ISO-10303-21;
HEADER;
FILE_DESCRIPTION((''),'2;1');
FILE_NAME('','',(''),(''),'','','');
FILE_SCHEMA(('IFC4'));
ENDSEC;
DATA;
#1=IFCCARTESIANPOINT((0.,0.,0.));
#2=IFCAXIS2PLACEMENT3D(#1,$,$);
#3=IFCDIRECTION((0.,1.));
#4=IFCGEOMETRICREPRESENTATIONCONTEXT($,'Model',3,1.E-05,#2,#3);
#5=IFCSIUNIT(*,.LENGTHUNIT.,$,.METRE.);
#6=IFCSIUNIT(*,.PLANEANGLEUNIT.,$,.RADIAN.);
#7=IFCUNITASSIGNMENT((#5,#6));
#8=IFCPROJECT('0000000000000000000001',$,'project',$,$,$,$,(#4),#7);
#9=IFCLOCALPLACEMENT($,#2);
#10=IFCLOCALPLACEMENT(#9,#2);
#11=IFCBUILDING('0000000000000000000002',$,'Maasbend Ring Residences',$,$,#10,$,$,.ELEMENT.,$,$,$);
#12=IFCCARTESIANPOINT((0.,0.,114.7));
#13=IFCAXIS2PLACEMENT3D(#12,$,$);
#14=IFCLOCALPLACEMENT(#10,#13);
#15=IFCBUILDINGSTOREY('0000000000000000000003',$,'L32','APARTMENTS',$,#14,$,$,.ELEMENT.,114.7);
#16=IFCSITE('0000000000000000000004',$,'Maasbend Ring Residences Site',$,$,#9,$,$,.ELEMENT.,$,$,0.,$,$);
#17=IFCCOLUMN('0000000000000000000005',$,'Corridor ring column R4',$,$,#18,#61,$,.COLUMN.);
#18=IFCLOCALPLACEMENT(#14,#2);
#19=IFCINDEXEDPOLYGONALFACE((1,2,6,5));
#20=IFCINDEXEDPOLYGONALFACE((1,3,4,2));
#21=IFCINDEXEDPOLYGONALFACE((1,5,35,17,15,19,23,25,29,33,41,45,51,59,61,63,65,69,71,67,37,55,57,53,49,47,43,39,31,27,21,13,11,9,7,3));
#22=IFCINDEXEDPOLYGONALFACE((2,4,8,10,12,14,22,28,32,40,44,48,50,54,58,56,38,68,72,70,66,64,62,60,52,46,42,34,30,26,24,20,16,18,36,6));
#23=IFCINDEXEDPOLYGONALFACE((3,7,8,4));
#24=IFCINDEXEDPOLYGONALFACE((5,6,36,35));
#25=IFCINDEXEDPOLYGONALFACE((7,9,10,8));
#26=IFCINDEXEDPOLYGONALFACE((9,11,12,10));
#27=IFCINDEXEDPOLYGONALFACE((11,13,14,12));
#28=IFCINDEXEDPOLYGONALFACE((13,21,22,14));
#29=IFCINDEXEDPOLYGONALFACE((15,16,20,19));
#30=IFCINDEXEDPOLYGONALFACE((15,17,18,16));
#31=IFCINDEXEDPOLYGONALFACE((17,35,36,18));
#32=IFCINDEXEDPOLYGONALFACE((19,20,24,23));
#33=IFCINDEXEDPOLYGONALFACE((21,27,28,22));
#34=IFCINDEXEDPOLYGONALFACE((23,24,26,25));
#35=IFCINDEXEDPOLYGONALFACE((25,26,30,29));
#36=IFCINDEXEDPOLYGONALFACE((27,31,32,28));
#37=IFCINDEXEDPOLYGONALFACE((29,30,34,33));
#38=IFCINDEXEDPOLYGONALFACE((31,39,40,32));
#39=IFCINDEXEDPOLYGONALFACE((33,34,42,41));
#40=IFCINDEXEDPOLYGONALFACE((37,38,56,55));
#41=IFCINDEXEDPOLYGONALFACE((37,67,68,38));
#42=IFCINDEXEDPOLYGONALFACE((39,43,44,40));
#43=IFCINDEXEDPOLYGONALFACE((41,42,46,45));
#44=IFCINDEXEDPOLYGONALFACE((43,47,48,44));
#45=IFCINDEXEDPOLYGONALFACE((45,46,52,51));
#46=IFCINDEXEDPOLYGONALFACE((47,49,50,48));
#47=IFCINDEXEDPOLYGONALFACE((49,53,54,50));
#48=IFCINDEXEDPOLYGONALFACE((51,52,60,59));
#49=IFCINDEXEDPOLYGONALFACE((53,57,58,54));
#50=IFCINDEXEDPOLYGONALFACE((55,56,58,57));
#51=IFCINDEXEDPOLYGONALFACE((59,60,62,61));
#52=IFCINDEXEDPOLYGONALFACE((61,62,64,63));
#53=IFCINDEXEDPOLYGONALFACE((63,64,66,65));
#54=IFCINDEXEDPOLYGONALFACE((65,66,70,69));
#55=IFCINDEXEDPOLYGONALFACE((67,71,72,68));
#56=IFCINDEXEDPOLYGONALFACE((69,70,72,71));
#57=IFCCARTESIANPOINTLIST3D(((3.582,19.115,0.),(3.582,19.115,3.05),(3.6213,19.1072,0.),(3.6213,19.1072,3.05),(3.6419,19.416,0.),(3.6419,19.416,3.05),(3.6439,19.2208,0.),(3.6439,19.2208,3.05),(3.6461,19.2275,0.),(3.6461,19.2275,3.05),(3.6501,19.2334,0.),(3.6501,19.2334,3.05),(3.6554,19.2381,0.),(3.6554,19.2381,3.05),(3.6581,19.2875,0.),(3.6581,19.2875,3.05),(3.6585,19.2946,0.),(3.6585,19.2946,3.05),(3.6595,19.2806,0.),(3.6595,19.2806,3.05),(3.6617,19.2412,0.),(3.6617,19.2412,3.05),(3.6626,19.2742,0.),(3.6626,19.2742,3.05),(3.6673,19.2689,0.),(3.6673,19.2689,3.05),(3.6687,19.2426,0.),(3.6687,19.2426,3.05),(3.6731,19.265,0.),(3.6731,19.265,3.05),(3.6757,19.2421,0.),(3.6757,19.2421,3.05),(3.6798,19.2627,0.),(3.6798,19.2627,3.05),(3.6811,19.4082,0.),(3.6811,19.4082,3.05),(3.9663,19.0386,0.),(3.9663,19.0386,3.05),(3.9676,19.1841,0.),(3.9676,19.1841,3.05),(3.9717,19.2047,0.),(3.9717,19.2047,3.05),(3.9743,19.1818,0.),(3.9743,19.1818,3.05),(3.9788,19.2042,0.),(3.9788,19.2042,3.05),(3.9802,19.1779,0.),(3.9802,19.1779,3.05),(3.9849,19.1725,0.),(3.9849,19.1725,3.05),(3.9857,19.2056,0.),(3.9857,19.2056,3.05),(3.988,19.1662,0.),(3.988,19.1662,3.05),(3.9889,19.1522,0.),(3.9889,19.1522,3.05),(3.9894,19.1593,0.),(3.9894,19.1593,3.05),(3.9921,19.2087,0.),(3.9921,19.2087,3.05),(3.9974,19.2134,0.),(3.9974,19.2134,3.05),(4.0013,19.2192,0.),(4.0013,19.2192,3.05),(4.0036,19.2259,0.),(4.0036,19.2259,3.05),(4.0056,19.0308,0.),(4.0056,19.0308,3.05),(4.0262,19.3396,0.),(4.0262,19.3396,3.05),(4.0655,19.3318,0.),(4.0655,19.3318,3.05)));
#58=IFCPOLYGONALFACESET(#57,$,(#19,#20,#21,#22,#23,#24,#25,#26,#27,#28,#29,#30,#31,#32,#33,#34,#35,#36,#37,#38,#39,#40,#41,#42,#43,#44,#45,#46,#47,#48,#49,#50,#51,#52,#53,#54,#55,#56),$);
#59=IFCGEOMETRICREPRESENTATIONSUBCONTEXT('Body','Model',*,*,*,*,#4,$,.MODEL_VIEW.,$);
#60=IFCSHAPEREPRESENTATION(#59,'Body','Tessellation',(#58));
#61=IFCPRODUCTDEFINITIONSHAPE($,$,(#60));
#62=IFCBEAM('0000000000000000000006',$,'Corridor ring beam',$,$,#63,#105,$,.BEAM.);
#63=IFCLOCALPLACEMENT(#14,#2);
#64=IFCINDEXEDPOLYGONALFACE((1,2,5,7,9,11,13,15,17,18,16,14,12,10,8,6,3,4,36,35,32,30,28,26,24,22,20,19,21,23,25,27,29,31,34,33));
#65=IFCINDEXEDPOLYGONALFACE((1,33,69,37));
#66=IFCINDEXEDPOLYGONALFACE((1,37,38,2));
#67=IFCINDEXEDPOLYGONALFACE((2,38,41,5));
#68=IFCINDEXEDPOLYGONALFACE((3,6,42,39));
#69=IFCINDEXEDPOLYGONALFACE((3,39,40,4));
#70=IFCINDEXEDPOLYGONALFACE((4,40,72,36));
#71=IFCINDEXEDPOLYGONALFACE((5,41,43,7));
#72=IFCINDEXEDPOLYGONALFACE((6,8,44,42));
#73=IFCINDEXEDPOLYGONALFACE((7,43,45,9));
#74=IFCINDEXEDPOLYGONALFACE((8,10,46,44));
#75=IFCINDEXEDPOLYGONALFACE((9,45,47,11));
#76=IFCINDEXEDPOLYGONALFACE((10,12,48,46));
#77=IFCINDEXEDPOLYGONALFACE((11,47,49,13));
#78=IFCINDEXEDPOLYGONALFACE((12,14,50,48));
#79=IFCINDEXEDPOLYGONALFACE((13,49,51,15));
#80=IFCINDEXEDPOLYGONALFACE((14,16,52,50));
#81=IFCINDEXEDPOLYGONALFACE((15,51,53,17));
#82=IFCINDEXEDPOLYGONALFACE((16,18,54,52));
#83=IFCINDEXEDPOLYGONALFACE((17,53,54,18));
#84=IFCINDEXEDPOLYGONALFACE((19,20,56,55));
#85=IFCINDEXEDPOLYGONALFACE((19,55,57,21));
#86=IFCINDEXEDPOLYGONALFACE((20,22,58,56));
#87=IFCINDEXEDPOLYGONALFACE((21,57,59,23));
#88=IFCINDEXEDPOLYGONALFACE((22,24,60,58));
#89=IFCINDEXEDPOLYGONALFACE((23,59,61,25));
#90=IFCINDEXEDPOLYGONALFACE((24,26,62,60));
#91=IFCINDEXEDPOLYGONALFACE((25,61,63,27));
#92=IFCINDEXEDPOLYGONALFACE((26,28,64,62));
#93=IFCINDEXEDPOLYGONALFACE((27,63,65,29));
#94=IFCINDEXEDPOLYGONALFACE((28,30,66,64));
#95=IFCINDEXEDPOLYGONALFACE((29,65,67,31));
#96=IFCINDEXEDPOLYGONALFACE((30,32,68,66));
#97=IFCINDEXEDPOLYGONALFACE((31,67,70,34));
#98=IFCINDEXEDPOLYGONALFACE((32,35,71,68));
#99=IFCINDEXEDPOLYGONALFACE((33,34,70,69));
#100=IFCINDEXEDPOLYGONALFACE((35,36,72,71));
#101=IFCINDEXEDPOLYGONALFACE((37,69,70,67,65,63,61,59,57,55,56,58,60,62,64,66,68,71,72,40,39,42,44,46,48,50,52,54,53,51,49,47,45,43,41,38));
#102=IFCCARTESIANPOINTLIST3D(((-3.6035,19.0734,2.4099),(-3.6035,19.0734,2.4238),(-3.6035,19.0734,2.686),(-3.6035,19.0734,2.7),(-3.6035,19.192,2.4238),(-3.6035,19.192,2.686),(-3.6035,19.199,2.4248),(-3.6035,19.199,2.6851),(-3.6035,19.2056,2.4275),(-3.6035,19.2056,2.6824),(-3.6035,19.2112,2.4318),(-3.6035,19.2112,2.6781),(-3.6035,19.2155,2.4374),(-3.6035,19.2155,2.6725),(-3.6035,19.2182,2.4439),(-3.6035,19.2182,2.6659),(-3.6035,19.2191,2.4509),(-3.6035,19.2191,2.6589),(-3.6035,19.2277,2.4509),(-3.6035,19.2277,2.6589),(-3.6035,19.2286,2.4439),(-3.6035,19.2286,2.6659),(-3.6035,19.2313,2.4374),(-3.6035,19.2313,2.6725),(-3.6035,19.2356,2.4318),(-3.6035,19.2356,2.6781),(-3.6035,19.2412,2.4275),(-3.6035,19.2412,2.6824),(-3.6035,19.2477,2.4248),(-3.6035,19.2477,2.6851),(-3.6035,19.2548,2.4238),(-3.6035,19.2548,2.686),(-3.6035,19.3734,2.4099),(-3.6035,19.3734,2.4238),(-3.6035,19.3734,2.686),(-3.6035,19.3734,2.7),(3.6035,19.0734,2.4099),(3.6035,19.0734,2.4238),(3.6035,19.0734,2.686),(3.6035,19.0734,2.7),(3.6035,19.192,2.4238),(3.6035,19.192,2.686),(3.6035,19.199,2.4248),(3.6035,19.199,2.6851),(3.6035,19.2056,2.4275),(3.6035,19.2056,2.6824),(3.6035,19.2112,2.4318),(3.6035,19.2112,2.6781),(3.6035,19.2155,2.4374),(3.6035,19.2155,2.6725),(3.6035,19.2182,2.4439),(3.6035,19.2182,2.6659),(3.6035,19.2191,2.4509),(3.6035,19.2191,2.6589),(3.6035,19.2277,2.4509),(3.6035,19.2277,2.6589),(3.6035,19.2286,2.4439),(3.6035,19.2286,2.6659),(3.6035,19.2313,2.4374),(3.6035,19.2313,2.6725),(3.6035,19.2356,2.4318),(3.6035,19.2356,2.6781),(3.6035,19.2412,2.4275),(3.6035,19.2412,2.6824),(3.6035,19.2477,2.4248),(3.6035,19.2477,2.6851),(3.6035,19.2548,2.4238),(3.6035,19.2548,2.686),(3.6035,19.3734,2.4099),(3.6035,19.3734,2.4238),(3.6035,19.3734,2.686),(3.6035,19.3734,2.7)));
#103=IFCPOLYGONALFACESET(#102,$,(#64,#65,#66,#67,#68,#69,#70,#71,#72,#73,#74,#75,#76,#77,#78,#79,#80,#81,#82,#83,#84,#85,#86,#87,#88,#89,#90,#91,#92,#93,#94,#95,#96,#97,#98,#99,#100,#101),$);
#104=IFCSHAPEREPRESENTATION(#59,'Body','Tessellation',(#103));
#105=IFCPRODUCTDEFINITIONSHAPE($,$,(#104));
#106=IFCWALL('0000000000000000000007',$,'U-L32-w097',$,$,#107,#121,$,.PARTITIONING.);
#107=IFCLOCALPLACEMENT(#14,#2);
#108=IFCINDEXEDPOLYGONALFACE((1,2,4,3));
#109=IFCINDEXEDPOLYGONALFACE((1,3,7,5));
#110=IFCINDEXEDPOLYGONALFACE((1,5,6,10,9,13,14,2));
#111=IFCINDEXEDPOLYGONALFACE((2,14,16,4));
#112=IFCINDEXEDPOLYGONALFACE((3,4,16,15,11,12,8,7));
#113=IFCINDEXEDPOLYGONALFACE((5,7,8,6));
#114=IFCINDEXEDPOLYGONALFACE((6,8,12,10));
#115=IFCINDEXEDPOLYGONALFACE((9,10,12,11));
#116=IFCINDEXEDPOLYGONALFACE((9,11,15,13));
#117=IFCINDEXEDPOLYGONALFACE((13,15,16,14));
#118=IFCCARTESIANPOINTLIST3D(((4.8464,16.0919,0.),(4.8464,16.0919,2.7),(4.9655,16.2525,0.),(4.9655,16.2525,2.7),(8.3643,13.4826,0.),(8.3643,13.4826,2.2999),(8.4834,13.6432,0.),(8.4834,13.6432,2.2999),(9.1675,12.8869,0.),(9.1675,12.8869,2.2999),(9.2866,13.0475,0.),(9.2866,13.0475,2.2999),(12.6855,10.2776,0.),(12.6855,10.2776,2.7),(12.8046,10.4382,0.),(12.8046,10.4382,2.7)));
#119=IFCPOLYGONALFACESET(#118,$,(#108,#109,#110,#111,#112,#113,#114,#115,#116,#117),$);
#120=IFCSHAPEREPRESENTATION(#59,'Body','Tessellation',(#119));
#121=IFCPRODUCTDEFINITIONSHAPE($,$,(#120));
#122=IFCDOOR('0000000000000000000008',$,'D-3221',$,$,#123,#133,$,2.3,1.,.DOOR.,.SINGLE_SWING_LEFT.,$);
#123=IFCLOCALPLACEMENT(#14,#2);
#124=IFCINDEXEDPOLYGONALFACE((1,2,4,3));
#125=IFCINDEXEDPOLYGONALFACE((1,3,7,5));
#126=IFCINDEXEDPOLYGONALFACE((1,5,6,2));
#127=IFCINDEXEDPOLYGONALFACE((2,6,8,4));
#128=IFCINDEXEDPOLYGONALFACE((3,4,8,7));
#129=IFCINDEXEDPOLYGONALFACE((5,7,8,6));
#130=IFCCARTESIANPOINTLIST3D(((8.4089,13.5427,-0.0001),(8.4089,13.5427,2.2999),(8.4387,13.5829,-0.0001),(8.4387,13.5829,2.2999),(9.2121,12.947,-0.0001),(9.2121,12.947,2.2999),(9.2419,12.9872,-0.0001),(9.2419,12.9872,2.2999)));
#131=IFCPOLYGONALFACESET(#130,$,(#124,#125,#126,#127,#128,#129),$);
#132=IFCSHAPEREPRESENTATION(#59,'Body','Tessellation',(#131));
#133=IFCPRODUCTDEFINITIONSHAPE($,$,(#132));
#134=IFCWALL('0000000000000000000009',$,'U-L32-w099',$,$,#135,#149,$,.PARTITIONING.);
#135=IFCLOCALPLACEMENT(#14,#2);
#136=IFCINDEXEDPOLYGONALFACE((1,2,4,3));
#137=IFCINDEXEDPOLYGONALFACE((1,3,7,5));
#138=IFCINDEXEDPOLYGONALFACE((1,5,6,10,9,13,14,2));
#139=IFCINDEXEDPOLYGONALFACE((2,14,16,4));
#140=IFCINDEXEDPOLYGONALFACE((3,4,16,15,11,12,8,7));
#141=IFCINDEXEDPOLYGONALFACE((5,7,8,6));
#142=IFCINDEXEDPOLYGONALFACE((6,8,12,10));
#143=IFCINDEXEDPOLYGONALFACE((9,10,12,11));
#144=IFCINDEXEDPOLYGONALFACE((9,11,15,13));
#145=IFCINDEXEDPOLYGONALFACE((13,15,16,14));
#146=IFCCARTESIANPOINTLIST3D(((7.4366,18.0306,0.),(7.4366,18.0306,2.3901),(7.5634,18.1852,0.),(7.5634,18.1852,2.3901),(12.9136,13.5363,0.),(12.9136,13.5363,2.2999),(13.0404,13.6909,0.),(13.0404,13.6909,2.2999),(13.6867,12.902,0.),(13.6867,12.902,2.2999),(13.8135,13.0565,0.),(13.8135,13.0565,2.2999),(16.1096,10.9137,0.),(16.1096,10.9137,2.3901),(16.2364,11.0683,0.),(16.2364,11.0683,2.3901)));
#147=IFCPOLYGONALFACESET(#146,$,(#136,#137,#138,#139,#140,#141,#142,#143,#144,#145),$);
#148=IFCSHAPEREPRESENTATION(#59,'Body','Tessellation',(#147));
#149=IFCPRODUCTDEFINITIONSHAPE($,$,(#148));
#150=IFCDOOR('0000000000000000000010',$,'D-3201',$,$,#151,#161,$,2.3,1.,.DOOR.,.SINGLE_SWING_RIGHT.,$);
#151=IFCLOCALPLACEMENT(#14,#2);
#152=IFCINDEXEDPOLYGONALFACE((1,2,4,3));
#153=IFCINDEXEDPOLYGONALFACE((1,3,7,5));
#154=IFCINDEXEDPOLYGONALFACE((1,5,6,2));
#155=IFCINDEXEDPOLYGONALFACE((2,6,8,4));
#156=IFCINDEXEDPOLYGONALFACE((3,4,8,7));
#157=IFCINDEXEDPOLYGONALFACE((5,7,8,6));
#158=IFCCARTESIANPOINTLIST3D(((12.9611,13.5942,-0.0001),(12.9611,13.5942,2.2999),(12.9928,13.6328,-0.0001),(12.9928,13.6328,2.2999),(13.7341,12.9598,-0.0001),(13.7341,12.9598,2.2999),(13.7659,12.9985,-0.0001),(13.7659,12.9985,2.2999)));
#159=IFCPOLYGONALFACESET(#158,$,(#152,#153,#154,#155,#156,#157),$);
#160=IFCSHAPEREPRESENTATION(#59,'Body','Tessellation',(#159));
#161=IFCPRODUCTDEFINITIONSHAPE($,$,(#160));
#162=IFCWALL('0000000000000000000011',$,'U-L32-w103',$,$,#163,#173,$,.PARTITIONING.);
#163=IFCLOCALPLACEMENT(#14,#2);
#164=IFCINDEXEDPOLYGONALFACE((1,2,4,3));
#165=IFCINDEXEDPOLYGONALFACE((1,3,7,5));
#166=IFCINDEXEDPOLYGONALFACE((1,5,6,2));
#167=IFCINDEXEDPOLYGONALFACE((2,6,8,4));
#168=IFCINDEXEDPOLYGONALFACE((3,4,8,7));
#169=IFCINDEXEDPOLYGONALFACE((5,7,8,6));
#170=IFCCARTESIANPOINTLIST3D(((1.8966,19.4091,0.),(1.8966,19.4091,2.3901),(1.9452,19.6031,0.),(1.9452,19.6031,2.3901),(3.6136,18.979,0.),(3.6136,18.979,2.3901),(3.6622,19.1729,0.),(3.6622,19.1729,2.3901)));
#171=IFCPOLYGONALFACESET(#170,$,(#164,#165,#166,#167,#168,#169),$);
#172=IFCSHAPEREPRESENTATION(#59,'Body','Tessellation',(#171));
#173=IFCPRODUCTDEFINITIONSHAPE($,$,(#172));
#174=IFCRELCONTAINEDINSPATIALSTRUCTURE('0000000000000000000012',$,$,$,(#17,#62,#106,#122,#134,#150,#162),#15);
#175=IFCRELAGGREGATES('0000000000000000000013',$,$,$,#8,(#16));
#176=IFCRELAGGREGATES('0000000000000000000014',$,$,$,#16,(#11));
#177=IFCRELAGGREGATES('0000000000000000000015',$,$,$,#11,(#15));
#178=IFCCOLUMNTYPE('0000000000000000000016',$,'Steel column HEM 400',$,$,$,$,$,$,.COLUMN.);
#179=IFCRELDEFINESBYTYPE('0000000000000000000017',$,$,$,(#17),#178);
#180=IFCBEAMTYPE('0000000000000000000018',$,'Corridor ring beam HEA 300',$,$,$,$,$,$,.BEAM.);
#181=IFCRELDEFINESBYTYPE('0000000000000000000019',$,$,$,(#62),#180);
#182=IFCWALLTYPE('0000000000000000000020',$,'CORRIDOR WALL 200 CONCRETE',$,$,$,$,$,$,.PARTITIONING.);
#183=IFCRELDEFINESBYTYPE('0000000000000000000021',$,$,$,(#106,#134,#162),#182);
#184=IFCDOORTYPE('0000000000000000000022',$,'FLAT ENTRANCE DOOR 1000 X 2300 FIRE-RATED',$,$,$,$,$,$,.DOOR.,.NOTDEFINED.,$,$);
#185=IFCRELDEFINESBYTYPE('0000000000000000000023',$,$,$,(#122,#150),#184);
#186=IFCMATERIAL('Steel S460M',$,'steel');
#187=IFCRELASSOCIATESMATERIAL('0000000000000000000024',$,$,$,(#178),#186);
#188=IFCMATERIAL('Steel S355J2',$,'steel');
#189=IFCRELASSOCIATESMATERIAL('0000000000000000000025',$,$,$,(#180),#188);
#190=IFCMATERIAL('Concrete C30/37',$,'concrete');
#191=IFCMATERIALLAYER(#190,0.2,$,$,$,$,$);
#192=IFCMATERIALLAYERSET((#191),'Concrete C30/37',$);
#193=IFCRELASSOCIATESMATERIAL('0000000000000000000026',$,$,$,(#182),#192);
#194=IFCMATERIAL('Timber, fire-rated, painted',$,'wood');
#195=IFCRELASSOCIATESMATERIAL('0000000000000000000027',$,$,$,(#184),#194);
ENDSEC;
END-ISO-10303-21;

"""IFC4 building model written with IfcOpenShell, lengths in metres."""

from ifc_helpers import new_model, si_unit, direction, frame, frame_2d, origin, origin_2d, place, context, subcontext, project, spatial, rectangle, i_section, extrude, material, layer, layer_set, material_profile, profile_set, type_object, element, fill, save


model = new_model("IFC4")

# Units and contexts
model_context = context("Model", 3, precision=1e-05, world=origin(), true_north=direction((0.0, 1.0)))
body_context = subcontext(model_context, "Body", "Model", "MODEL_VIEW")
ifc_project = project(units=[si_unit("LENGTHUNIT", "METRE"), si_unit("PLANEANGLEUNIT", "RADIAN")], contexts=[model_context])

# Site, building, storey
site_placement = place(None, origin())
site = spatial("IfcSite", under=ifc_project, at=site_placement, Name="Maasbend Ring Residences Site", CompositionType="ELEMENT", RefElevation=0.0)
building_placement = place(site_placement, origin())
building = spatial("IfcBuilding", under=site, at=building_placement, Name="Maasbend Ring Residences", CompositionType="ELEMENT")
storey_placement = place(building_placement, frame((0.0, 0.0, 114.7)))
storey = spatial("IfcBuildingStorey", under=building, at=storey_placement, Name="L32", Description="APARTMENTS", CompositionType="ELEMENT", Elevation=114.7)

# Column
ifc_material_1 = material(Name="Steel S460M", Category="steel")
ifc_material_profile_1 = material_profile(ifc_material_1, i_section(OverallWidth=0.3069, OverallDepth=0.4319, WebThickness=0.021, FlangeThickness=0.04, FilletRadius=0.0271, at=origin_2d()), Name="HEM 400")
ifc_profile_set_1 = profile_set([ifc_material_profile_1], Name="Steel S460M")
column_type = type_object("IfcColumnType", Name="Steel column HEM 400", PredefinedType="COLUMN", material=ifc_profile_set_1)
column_placement = place(storey_placement, frame((3.8237, 19.2234, 0.0), z_axis=(0.0, 0.0, 1.0), x_axis=(0.19509, 0.980785, 0.0)))
element("IfcColumn", 1, at=column_placement, inside=storey, type_object=column_type, Name="Corridor ring column R4", PredefinedType="COLUMN", context=body_context, shape_type="SweptSolid", body=[
    extrude(i_section(OverallWidth=0.3069, OverallDepth=0.4319, WebThickness=0.021, FlangeThickness=0.04, FilletRadius=0.0271, at=origin_2d()), origin(), (0.0, 0.0, 1.0), 3.05),
])

# Beam
ifc_material_2 = material(Name="Steel S355J2", Category="steel")
ifc_material_profile_2 = material_profile(ifc_material_2, i_section(OverallWidth=0.3, OverallDepth=0.29, WebThickness=0.0085, FlangeThickness=0.0139, FilletRadius=0.0271, at=origin_2d()), Name="HEA 300")
ifc_profile_set_2 = profile_set([ifc_material_profile_2], Name="Steel S355J2")
beam_type = type_object("IfcBeamType", Name="Corridor ring beam HEA 300", PredefinedType="BEAM", material=ifc_profile_set_2)
beam_placement = place(storey_placement, frame((3.6035, 19.2234, 2.5549), z_axis=(-1.0, 0.0, 0.0), x_axis=(0.0, -1.0, 0.0)))
element("IfcBeam", 2, at=beam_placement, inside=storey, type_object=beam_type, Name="Corridor ring beam", PredefinedType="BEAM", context=body_context, shape_type="SweptSolid", body=[
    extrude(i_section(OverallWidth=0.3, OverallDepth=0.29, WebThickness=0.0085, FlangeThickness=0.0139, FilletRadius=0.0271, at=origin_2d()), origin(), (0.0, 0.0, 1.0), 7.207),
])

# Walls, openings, doors
ifc_material_3 = material(Name="Concrete C30/37", Category="concrete")
ifc_layer_1 = layer(ifc_material_3, 0.2)
ifc_layer_set_1 = layer_set([ifc_layer_1], Name="Concrete C30/37")
wall_type_1 = type_object("IfcWallType", Name="CORRIDOR WALL 200 CONCRETE", PredefinedType="PARTITIONING", material=ifc_layer_set_1)
wall_1_placement = place(storey_placement, frame((4.906, 16.1721, 0.0), z_axis=(0.0, 0.0, 1.0), x_axis=(0.803191, -0.595721, 0.0)))
wall_1 = element("IfcWall", 3, at=wall_1_placement, inside=storey, type_object=wall_type_1, Name="U-L32-w097", PredefinedType="PARTITIONING", context=body_context, shape_type="SweptSolid", body=[
    extrude(rectangle(XDim=9.76, YDim=0.2, at=frame_2d((4.8799, 0.0))), origin(), (0.0, 0.0, 1.0), 2.7),
])
opening_1_placement = place(wall_1_placement, frame((4.3799, 0.0, 0.0)))
opening_1 = element("IfcOpeningElement", 4, at=opening_1_placement, cuts=wall_1, PredefinedType="OPENING", context=body_context, shape_type="SweptSolid", body=[
    extrude(rectangle(XDim=1.0, YDim=2.3, at=frame_2d((0.5, 1.1499))), frame((0.0, 0.1099, 0.0), z_axis=(0.0, -1.0, 0.0), x_axis=(1.0, 0.0, 0.0)), (0.0, 0.0, 1.0), 0.22),
])
ifc_material_4 = material(Name="Timber, fire-rated, painted", Category="wood")
door_type_1 = type_object("IfcDoorType", Name="FLAT ENTRANCE DOOR 1000 X 2300 FIRE-RATED", OperationType="NOTDEFINED", PredefinedType="DOOR", material=ifc_material_4)
door_1_placement = place(opening_1_placement, origin())
door_1 = element("IfcDoor", 5, at=door_1_placement, inside=storey, type_object=door_type_1, Name="D-3221", OperationType="SINGLE_SWING_LEFT", OverallHeight=2.3, OverallWidth=1.0, PredefinedType="DOOR", context=body_context, shape_type="SweptSolid", body=[
    extrude(rectangle(XDim=1.0, YDim=2.3, at=frame_2d((0.5, 1.1499))), frame((0.0, 0.0249, 0.0), z_axis=(0.0, -1.0, 0.0), x_axis=(1.0, 0.0, 0.0)), (0.0, 0.0, 1.0), 0.05),
])
fill(opening_1, door_1)
wall_2_placement = place(storey_placement, frame((7.5, 18.1079, 0.0), z_axis=(0.0, 0.0, 1.0), x_axis=(0.773049, -0.634346, 0.0)))
wall_2 = element("IfcWall", 6, at=wall_2_placement, inside=storey, type_object=wall_type_1, Name="U-L32-w099", PredefinedType="PARTITIONING", context=body_context, shape_type="SweptSolid", body=[
    extrude(rectangle(XDim=11.2192, YDim=0.2, at=frame_2d((5.6096, 0.0))), origin(), (0.0, 0.0, 1.0), 2.3901),
])
opening_2_placement = place(wall_2_placement, frame((7.085, 0.0, 0.0)))
opening_2 = element("IfcOpeningElement", 7, at=opening_2_placement, cuts=wall_2, PredefinedType="OPENING", context=body_context, shape_type="SweptSolid", body=[
    extrude(rectangle(XDim=1.0, YDim=2.3, at=frame_2d((0.5, 1.1499))), frame((0.0, 0.1099, 0.0), z_axis=(0.0, -1.0, 0.0), x_axis=(1.0, 0.0, 0.0)), (0.0, 0.0, 1.0), 0.22),
])
door_2_placement = place(opening_2_placement, origin())
door_2 = element("IfcDoor", 8, at=door_2_placement, inside=storey, type_object=door_type_1, Name="D-3201", OperationType="SINGLE_SWING_RIGHT", OverallHeight=2.3, OverallWidth=1.0, PredefinedType="DOOR", context=body_context, shape_type="SweptSolid", body=[
    extrude(rectangle(XDim=1.0, YDim=2.3, at=frame_2d((0.5, 1.1499))), frame((0.0, 0.0249, 0.0), z_axis=(0.0, -1.0, 0.0), x_axis=(1.0, 0.0, 0.0)), (0.0, 0.0, 1.0), 0.05),
])
fill(opening_2, door_2)

# Wall
wall_3_placement = place(storey_placement, frame((1.9209, 19.5061, 0.0), z_axis=(0.0, 0.0, 1.0), x_axis=(0.970021, -0.243022, 0.0)))
element("IfcWall", 9, at=wall_3_placement, inside=storey, type_object=wall_type_1, Name="U-L32-w103", PredefinedType="PARTITIONING", context=body_context, shape_type="SweptSolid", body=[
    extrude(rectangle(XDim=1.77, YDim=0.2, at=frame_2d((0.885, 0.0))), origin(), (0.0, 0.0, 1.0), 2.3901),
])

save(model, "model.ifc")
